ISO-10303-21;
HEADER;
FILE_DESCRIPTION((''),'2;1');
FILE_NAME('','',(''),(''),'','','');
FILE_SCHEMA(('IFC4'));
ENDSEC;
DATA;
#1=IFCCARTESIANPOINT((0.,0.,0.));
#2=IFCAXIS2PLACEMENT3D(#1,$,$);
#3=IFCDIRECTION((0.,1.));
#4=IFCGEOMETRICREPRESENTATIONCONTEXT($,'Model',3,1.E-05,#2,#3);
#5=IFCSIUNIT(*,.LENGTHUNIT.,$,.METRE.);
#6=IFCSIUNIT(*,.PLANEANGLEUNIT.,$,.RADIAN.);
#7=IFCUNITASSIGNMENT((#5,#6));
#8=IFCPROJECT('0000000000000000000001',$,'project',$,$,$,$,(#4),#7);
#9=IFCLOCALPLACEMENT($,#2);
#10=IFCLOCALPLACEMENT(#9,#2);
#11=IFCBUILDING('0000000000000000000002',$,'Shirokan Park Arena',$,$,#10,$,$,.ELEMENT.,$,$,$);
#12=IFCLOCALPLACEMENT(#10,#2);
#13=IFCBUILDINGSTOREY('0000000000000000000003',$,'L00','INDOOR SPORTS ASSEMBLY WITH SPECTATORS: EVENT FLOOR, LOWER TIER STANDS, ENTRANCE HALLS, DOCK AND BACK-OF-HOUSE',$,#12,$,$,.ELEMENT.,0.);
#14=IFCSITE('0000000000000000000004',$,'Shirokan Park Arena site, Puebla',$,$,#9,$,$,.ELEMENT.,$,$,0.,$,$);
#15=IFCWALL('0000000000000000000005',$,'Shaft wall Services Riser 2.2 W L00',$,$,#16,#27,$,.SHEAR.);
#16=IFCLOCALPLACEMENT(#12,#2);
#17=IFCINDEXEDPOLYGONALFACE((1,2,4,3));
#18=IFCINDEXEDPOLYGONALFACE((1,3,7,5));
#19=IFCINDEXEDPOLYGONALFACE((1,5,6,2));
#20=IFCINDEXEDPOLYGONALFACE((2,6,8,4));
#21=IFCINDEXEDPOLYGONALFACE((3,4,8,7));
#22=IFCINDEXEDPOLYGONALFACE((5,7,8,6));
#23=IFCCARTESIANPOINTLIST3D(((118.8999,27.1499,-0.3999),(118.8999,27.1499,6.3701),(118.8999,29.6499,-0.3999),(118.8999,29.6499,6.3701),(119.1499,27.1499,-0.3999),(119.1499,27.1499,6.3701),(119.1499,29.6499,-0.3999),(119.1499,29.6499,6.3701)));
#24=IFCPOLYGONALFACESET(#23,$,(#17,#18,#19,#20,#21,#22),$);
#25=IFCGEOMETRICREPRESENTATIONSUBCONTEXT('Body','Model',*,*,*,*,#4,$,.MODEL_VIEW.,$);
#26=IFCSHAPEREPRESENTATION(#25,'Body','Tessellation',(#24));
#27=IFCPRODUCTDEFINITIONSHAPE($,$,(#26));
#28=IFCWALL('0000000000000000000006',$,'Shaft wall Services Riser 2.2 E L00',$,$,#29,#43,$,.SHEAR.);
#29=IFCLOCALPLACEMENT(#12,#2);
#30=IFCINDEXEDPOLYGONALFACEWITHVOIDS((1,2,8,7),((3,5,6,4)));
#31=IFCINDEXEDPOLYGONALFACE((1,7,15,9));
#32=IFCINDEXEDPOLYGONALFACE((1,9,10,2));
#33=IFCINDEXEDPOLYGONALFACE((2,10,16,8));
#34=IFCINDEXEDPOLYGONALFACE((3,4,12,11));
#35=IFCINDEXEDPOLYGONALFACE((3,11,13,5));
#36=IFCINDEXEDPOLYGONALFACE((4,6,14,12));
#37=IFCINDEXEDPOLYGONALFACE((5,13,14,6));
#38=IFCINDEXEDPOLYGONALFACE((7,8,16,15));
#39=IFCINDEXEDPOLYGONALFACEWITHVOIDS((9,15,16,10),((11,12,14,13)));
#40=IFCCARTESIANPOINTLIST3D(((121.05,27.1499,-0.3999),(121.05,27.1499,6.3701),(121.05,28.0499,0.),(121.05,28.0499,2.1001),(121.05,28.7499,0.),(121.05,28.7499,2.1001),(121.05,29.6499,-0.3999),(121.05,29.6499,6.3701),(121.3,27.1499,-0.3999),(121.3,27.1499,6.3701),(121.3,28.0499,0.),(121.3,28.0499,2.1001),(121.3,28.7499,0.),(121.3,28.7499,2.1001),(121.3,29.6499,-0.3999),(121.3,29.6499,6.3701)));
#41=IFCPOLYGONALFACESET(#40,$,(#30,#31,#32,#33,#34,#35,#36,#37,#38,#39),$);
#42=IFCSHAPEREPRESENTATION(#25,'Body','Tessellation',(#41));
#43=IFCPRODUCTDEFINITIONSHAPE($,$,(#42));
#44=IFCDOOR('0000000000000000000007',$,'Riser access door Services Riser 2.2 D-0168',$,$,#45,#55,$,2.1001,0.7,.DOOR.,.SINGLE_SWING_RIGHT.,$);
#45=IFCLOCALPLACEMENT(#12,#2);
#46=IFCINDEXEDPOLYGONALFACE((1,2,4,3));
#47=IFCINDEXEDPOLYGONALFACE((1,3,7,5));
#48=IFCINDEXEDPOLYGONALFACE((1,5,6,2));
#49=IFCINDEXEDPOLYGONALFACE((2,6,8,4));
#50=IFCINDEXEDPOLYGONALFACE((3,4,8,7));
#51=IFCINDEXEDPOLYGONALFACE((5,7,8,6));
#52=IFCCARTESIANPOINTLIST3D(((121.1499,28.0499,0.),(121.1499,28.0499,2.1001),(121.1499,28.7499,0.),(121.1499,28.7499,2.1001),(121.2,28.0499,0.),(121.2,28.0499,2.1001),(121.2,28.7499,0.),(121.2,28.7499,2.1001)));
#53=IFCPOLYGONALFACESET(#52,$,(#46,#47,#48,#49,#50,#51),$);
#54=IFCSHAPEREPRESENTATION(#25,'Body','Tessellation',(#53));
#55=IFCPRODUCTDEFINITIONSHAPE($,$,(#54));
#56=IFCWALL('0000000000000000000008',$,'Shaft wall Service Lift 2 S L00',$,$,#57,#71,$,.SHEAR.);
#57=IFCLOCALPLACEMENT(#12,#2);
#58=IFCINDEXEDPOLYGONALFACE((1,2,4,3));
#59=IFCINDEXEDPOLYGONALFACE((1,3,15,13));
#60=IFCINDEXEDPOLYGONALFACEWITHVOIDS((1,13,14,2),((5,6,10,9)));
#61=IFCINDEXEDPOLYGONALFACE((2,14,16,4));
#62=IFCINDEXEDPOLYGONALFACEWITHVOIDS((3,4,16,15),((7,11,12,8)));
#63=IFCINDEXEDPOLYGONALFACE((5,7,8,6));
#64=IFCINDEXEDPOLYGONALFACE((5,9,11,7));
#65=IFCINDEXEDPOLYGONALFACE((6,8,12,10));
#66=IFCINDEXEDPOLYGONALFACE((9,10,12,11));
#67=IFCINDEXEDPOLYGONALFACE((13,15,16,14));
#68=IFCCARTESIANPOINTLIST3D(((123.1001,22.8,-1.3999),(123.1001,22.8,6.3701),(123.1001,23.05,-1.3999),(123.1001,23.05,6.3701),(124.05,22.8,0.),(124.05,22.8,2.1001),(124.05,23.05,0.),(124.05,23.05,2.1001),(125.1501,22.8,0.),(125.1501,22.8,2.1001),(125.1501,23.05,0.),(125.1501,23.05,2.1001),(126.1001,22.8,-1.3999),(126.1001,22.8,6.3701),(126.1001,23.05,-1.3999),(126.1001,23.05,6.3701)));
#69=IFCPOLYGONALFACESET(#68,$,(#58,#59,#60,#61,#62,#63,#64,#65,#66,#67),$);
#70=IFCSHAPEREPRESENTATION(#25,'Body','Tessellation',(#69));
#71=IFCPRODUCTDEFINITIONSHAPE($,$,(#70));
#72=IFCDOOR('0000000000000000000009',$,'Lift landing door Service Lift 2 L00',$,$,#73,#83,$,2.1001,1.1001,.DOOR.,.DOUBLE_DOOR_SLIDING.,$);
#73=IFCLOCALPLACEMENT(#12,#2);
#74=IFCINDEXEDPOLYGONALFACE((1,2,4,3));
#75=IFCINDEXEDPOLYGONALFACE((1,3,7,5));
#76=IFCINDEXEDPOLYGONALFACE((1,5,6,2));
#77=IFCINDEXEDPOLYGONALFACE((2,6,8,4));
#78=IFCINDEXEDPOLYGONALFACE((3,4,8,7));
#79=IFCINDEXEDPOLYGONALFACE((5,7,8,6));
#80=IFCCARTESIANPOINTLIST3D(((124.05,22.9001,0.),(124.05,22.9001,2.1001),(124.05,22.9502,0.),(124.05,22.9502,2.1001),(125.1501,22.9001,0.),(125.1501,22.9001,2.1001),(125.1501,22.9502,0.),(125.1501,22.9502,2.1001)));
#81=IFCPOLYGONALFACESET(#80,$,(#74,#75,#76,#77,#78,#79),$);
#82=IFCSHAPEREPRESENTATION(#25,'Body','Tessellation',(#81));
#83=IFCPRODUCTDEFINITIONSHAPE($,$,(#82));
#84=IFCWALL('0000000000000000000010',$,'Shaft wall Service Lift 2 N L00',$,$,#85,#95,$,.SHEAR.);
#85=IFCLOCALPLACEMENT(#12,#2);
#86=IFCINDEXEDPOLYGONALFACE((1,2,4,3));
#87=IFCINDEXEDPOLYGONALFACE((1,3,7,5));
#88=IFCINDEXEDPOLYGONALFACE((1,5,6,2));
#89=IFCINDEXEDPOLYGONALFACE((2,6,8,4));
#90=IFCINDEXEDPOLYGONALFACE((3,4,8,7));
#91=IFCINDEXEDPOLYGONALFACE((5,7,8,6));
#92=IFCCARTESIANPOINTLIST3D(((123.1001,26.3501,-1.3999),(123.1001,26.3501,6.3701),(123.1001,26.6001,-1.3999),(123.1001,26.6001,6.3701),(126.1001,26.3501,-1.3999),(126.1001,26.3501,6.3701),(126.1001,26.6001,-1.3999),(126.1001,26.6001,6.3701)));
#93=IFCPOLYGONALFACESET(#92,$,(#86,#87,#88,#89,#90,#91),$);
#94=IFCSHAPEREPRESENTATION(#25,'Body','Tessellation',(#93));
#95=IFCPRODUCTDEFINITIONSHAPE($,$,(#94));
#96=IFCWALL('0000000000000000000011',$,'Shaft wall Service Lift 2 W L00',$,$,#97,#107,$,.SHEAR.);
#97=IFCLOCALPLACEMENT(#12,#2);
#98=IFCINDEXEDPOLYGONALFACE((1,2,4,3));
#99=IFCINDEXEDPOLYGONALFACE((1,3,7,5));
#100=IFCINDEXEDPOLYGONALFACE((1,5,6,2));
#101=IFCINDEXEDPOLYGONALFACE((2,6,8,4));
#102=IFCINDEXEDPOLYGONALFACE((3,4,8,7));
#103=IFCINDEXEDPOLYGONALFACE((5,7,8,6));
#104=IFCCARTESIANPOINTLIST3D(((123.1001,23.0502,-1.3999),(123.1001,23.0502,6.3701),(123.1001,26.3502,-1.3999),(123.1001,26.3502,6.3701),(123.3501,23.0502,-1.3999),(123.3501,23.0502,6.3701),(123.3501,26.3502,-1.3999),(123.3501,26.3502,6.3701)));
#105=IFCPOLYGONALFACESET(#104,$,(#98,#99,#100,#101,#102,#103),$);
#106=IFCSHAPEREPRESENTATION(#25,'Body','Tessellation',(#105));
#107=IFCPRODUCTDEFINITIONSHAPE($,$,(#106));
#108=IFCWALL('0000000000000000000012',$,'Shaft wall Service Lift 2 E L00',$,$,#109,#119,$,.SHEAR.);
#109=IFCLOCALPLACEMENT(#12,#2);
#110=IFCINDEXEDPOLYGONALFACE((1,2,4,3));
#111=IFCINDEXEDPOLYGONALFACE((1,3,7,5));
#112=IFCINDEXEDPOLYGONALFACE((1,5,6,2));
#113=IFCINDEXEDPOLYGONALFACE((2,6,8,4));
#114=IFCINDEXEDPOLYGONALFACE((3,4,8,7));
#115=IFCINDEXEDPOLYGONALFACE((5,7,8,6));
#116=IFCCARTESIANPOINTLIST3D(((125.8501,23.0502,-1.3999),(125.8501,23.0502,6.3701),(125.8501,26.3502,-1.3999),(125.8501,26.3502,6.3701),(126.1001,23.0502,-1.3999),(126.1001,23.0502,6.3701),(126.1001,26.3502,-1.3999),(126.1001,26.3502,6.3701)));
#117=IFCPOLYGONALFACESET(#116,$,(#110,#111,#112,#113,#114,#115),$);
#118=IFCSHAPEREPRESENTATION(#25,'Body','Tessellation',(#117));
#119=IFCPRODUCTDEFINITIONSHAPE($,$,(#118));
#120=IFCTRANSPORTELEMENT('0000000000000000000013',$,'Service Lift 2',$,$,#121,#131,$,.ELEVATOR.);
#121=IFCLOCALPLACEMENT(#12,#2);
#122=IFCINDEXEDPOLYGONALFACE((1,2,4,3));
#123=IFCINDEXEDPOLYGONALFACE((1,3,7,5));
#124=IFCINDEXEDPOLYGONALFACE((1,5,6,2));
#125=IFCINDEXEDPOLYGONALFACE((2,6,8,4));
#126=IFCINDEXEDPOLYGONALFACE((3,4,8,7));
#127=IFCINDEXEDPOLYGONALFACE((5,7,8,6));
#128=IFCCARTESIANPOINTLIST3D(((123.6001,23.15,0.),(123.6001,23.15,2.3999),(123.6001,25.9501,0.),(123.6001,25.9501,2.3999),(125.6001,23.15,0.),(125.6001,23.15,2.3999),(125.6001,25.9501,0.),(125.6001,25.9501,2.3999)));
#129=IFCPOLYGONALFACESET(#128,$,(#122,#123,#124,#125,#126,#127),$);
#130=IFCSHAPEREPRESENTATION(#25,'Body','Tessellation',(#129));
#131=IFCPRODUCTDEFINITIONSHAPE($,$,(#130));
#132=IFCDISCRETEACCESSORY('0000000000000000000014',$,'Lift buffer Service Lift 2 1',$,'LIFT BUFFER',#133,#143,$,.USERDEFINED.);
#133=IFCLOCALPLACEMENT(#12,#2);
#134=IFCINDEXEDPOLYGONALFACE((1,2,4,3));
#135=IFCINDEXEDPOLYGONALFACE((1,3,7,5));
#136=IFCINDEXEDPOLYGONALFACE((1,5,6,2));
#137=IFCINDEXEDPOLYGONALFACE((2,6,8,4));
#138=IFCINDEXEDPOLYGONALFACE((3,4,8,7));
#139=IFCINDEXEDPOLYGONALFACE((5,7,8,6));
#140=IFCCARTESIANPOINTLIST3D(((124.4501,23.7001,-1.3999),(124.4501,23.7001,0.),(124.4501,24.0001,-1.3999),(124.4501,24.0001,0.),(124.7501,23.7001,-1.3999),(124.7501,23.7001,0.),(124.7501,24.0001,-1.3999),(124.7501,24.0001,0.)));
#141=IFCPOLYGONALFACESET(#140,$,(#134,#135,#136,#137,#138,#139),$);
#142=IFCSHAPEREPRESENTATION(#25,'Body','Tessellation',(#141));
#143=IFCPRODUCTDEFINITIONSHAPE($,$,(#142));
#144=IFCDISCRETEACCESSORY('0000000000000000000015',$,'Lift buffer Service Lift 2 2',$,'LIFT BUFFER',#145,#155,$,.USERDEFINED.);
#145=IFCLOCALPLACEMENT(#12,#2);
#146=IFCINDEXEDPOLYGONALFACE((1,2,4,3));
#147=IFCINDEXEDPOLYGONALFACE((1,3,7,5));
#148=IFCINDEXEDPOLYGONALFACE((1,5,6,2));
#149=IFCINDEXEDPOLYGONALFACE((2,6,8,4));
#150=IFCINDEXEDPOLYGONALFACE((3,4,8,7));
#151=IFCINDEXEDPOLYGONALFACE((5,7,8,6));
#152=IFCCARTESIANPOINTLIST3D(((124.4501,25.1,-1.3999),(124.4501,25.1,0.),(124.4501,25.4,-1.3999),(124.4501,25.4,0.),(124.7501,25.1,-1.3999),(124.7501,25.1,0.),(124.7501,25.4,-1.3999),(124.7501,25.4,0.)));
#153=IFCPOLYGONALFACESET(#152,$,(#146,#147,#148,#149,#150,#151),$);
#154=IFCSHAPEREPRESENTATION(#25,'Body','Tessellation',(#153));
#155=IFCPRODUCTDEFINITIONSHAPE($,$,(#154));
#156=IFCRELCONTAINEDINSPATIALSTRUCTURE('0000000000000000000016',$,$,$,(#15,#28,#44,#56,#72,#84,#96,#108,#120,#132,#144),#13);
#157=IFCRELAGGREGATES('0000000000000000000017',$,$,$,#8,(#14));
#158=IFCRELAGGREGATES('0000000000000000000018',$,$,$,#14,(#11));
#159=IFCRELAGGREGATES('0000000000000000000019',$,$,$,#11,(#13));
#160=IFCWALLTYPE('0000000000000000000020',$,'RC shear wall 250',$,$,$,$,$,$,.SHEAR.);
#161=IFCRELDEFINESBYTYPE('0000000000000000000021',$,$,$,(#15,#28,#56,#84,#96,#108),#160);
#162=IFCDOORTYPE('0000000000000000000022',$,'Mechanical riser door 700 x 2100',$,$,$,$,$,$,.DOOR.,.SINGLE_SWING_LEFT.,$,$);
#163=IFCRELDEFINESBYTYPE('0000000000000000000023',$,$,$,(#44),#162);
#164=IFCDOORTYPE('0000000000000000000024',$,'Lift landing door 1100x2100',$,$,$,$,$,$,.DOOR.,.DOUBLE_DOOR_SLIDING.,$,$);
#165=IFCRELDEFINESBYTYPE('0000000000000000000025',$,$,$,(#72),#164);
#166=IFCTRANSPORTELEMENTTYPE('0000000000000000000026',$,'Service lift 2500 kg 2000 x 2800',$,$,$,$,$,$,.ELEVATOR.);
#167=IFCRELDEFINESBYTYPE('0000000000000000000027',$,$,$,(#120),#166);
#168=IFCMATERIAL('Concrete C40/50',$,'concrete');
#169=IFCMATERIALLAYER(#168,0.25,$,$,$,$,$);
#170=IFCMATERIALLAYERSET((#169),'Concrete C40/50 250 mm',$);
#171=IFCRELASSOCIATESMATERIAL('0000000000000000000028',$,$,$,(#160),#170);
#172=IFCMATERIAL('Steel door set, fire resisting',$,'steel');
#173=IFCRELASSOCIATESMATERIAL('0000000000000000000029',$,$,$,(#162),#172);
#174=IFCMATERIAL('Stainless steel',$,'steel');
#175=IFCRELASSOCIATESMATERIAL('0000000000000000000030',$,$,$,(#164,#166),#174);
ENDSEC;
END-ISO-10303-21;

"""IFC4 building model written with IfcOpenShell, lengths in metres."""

from ifc_helpers import new_model, si_unit, direction, frame, frame_2d, origin, origin_2d, place, context, subcontext, project, spatial, rectangle, extrude, material, layer, layer_set, type_object, element, fill, save


model = new_model("IFC4")

# Units and contexts
model_context = context("Model", 3, precision=1e-05, world=origin(), true_north=direction((0.0, 1.0)))
body_context = subcontext(model_context, "Body", "Model", "MODEL_VIEW")
ifc_project = project(units=[si_unit("LENGTHUNIT", "METRE"), si_unit("PLANEANGLEUNIT", "RADIAN")], contexts=[model_context])

# Site, building, storey
site_placement = place(None, origin())
site = spatial("IfcSite", under=ifc_project, at=site_placement, Name="Shirokan Park Arena site, Puebla", CompositionType="ELEMENT", RefElevation=0.0)
building_placement = place(site_placement, origin())
building = spatial("IfcBuilding", under=site, at=building_placement, Name="Shirokan Park Arena", CompositionType="ELEMENT")
storey_placement = place(building_placement, origin())
storey = spatial("IfcBuildingStorey", under=building, at=storey_placement, Name="L00", Description="INDOOR SPORTS ASSEMBLY WITH SPECTATORS: EVENT FLOOR, LOWER TIER STANDS, ENTRANCE HALLS, DOCK AND BACK-OF-HOUSE", CompositionType="ELEMENT", Elevation=0.0)

# Shared definitions
ifc_material_1 = material(Name="Steel door set, fire resisting", Category="steel")

# Wall
ifc_material_2 = material(Name="Concrete C40/50", Category="concrete")
ifc_layer_1 = layer(ifc_material_2, 0.25)
ifc_layer_set_1 = layer_set([ifc_layer_1], Name="Concrete C40/50 250 mm")
wall_type_1 = type_object("IfcWallType", Name="RC shear wall 250", PredefinedType="SHEAR", material=ifc_layer_set_1)
wall_1_placement = place(storey_placement, frame((119.0249, 29.6499, -0.3999), z_axis=(0.0, 0.0, 1.0), x_axis=(0.0, -1.0, 0.0)))
element("IfcWall", 1, at=wall_1_placement, inside=storey, type_object=wall_type_1, Name="Shaft wall Services Riser 2.2 W L00", PredefinedType="SHEAR", context=body_context, shape_type="SweptSolid", body=[
    extrude(rectangle(XDim=2.5, YDim=0.25, at=frame_2d((1.25, 0.0))), origin(), (0.0, 0.0, 1.0), 6.77),
])

# Walls, openings, doors
wall_2_placement = place(storey_placement, frame((121.175, 29.6499, -0.3999), z_axis=(0.0, 0.0, 1.0), x_axis=(0.0, -1.0, 0.0)))
wall_2 = element("IfcWall", 2, at=wall_2_placement, inside=storey, type_object=wall_type_1, Name="Shaft wall Services Riser 2.2 E L00", PredefinedType="SHEAR", context=body_context, shape_type="SweptSolid", body=[
    extrude(rectangle(XDim=2.5, YDim=0.25, at=frame_2d((1.25, 0.0))), origin(), (0.0, 0.0, 1.0), 6.77),
])
opening_1_placement = place(wall_2_placement, frame((0.8999, 0.0, 0.3999)))
opening_1 = element("IfcOpeningElement", 3, at=opening_1_placement, cuts=wall_2, PredefinedType="OPENING", context=body_context, shape_type="SweptSolid", body=[
    extrude(rectangle(XDim=0.7, YDim=2.1001, at=frame_2d((0.3501, 1.05))), frame((0.0, 0.135, 0.0), z_axis=(0.0, -1.0, 0.0), x_axis=(1.0, 0.0, 0.0)), (0.0, 0.0, 1.0), 0.27),
])
door_type_1 = type_object("IfcDoorType", Name="Mechanical riser door 700 x 2100", OperationType="SINGLE_SWING_LEFT", PredefinedType="DOOR", material=ifc_material_1)
door_1_placement = place(opening_1_placement, origin())
door_1 = element("IfcDoor", 4, at=door_1_placement, inside=storey, type_object=door_type_1, Name="Riser access door Services Riser 2.2 D-0168", OperationType="SINGLE_SWING_RIGHT", OverallHeight=2.1001, OverallWidth=0.7, PredefinedType="DOOR", context=body_context, shape_type="SweptSolid", body=[
    extrude(rectangle(XDim=0.7, YDim=2.1001, at=frame_2d((0.3501, 1.05))), frame((0.0, 0.0249, 0.0), z_axis=(0.0, -1.0, 0.0), x_axis=(1.0, 0.0, 0.0)), (0.0, 0.0, 1.0), 0.05),
])
fill(opening_1, door_1)
wall_3_placement = place(storey_placement, frame((126.1001, 22.925, -1.3999), z_axis=(0.0, 0.0, 1.0), x_axis=(-1.0, 0.0, 0.0)))
wall_3 = element("IfcWall", 5, at=wall_3_placement, inside=storey, type_object=wall_type_1, Name="Shaft wall Service Lift 2 S L00", PredefinedType="SHEAR", context=body_context, shape_type="SweptSolid", body=[
    extrude(rectangle(XDim=3.0, YDim=0.25, at=frame_2d((1.5, 0.0))), origin(), (0.0, 0.0, 1.0), 7.77),
])
opening_2_placement = place(wall_3_placement, frame((0.95, 0.0, 1.3999)))
opening_2 = element("IfcOpeningElement", 6, at=opening_2_placement, cuts=wall_3, PredefinedType="OPENING", context=body_context, shape_type="SweptSolid", body=[
    extrude(rectangle(XDim=1.1001, YDim=2.1001, at=frame_2d((0.55, 1.05))), frame((0.0, 0.135, 0.0), z_axis=(0.0, -1.0, 0.0), x_axis=(1.0, 0.0, 0.0)), (0.0, 0.0, 1.0), 0.27),
])
ifc_material_3 = material(Name="Stainless steel", Category="steel")
door_type_2 = type_object("IfcDoorType", Name="Lift landing door 1100x2100", OperationType="DOUBLE_DOOR_SLIDING", PredefinedType="DOOR", material=ifc_material_3)
door_2_placement = place(opening_2_placement, origin())
door_2 = element("IfcDoor", 7, at=door_2_placement, inside=storey, type_object=door_type_2, Name="Lift landing door Service Lift 2 L00", OperationType="DOUBLE_DOOR_SLIDING", OverallHeight=2.1001, OverallWidth=1.1001, PredefinedType="DOOR", context=body_context, shape_type="SweptSolid", body=[
    extrude(rectangle(XDim=1.1001, YDim=2.1001, at=frame_2d((0.55, 1.05))), frame((0.0, 0.0249, 0.0), z_axis=(0.0, -1.0, 0.0), x_axis=(1.0, 0.0, 0.0)), (0.0, 0.0, 1.0), 0.05),
])
fill(opening_2, door_2)

# Walls
wall_4_placement = place(storey_placement, frame((126.1001, 26.4751, -1.3999), z_axis=(0.0, 0.0, 1.0), x_axis=(-1.0, 0.0, 0.0)))
element("IfcWall", 8, at=wall_4_placement, inside=storey, type_object=wall_type_1, Name="Shaft wall Service Lift 2 N L00", PredefinedType="SHEAR", context=body_context, shape_type="SweptSolid", body=[
    extrude(rectangle(XDim=3.0, YDim=0.25, at=frame_2d((1.5, 0.0))), origin(), (0.0, 0.0, 1.0), 7.77),
])
for number, where, z_axis, x_axis, name in (
    (9, (123.2251, 26.3501, -1.3999), (0.0, 0.0, 1.0), (0.0, -1.0, 0.0), "Shaft wall Service Lift 2 W L00"),
    (10, (125.9751, 26.3501, -1.3999), (0.0, 0.0, 1.0), (0.0, -1.0, 0.0), "Shaft wall Service Lift 2 E L00"),
):
    element("IfcWall", number, at=place(storey_placement, frame(where, z_axis=z_axis, x_axis=x_axis)), inside=storey, type_object=wall_type_1, Name=name, PredefinedType="SHEAR", context=body_context, shape_type="SweptSolid", body=[
        extrude(rectangle(XDim=3.3, YDim=0.25, at=frame_2d((1.6499, 0.0))), origin(), (0.0, 0.0, 1.0), 7.77),
    ])

# Transport element
transport_element_type = type_object("IfcTransportElementType", Name="Service lift 2500 kg 2000 x 2800", PredefinedType="ELEVATOR", material=ifc_material_3)
transport_element_placement = place(storey_placement, frame((124.6001, 24.55, 0.0), z_axis=(0.0, 0.0, 1.0), x_axis=(1.0, 0.0, 0.0)))
element("IfcTransportElement", 11, at=transport_element_placement, inside=storey, type_object=transport_element_type, Name="Service Lift 2", PredefinedType="ELEVATOR", context=body_context, shape_type="SweptSolid", body=[
    extrude(rectangle(XDim=2.0, YDim=2.8, at=origin_2d()), origin(), (0.0, 0.0, 1.0), 2.3999),
])

# Discrete accessories
for number, where, z_axis, x_axis, name in (
    (12, (124.6001, 23.8501, -1.3999), (0.0, 0.0, 1.0), (1.0, 0.0, 0.0), "Lift buffer Service Lift 2 1"),
    (13, (124.6001, 25.25, -1.3999), (0.0, 0.0, 1.0), (1.0, 0.0, 0.0), "Lift buffer Service Lift 2 2"),
):
    element("IfcDiscreteAccessory", number, at=place(storey_placement, frame(where, z_axis=z_axis, x_axis=x_axis)), inside=storey, Name=name, ObjectType="LIFT BUFFER", PredefinedType="USERDEFINED", context=body_context, shape_type="SweptSolid", body=[
        extrude(rectangle(XDim=0.3, YDim=0.3, at=origin_2d()), origin(), (0.0, 0.0, 1.0), 1.3999),
    ])

save(model, "model.ifc")
